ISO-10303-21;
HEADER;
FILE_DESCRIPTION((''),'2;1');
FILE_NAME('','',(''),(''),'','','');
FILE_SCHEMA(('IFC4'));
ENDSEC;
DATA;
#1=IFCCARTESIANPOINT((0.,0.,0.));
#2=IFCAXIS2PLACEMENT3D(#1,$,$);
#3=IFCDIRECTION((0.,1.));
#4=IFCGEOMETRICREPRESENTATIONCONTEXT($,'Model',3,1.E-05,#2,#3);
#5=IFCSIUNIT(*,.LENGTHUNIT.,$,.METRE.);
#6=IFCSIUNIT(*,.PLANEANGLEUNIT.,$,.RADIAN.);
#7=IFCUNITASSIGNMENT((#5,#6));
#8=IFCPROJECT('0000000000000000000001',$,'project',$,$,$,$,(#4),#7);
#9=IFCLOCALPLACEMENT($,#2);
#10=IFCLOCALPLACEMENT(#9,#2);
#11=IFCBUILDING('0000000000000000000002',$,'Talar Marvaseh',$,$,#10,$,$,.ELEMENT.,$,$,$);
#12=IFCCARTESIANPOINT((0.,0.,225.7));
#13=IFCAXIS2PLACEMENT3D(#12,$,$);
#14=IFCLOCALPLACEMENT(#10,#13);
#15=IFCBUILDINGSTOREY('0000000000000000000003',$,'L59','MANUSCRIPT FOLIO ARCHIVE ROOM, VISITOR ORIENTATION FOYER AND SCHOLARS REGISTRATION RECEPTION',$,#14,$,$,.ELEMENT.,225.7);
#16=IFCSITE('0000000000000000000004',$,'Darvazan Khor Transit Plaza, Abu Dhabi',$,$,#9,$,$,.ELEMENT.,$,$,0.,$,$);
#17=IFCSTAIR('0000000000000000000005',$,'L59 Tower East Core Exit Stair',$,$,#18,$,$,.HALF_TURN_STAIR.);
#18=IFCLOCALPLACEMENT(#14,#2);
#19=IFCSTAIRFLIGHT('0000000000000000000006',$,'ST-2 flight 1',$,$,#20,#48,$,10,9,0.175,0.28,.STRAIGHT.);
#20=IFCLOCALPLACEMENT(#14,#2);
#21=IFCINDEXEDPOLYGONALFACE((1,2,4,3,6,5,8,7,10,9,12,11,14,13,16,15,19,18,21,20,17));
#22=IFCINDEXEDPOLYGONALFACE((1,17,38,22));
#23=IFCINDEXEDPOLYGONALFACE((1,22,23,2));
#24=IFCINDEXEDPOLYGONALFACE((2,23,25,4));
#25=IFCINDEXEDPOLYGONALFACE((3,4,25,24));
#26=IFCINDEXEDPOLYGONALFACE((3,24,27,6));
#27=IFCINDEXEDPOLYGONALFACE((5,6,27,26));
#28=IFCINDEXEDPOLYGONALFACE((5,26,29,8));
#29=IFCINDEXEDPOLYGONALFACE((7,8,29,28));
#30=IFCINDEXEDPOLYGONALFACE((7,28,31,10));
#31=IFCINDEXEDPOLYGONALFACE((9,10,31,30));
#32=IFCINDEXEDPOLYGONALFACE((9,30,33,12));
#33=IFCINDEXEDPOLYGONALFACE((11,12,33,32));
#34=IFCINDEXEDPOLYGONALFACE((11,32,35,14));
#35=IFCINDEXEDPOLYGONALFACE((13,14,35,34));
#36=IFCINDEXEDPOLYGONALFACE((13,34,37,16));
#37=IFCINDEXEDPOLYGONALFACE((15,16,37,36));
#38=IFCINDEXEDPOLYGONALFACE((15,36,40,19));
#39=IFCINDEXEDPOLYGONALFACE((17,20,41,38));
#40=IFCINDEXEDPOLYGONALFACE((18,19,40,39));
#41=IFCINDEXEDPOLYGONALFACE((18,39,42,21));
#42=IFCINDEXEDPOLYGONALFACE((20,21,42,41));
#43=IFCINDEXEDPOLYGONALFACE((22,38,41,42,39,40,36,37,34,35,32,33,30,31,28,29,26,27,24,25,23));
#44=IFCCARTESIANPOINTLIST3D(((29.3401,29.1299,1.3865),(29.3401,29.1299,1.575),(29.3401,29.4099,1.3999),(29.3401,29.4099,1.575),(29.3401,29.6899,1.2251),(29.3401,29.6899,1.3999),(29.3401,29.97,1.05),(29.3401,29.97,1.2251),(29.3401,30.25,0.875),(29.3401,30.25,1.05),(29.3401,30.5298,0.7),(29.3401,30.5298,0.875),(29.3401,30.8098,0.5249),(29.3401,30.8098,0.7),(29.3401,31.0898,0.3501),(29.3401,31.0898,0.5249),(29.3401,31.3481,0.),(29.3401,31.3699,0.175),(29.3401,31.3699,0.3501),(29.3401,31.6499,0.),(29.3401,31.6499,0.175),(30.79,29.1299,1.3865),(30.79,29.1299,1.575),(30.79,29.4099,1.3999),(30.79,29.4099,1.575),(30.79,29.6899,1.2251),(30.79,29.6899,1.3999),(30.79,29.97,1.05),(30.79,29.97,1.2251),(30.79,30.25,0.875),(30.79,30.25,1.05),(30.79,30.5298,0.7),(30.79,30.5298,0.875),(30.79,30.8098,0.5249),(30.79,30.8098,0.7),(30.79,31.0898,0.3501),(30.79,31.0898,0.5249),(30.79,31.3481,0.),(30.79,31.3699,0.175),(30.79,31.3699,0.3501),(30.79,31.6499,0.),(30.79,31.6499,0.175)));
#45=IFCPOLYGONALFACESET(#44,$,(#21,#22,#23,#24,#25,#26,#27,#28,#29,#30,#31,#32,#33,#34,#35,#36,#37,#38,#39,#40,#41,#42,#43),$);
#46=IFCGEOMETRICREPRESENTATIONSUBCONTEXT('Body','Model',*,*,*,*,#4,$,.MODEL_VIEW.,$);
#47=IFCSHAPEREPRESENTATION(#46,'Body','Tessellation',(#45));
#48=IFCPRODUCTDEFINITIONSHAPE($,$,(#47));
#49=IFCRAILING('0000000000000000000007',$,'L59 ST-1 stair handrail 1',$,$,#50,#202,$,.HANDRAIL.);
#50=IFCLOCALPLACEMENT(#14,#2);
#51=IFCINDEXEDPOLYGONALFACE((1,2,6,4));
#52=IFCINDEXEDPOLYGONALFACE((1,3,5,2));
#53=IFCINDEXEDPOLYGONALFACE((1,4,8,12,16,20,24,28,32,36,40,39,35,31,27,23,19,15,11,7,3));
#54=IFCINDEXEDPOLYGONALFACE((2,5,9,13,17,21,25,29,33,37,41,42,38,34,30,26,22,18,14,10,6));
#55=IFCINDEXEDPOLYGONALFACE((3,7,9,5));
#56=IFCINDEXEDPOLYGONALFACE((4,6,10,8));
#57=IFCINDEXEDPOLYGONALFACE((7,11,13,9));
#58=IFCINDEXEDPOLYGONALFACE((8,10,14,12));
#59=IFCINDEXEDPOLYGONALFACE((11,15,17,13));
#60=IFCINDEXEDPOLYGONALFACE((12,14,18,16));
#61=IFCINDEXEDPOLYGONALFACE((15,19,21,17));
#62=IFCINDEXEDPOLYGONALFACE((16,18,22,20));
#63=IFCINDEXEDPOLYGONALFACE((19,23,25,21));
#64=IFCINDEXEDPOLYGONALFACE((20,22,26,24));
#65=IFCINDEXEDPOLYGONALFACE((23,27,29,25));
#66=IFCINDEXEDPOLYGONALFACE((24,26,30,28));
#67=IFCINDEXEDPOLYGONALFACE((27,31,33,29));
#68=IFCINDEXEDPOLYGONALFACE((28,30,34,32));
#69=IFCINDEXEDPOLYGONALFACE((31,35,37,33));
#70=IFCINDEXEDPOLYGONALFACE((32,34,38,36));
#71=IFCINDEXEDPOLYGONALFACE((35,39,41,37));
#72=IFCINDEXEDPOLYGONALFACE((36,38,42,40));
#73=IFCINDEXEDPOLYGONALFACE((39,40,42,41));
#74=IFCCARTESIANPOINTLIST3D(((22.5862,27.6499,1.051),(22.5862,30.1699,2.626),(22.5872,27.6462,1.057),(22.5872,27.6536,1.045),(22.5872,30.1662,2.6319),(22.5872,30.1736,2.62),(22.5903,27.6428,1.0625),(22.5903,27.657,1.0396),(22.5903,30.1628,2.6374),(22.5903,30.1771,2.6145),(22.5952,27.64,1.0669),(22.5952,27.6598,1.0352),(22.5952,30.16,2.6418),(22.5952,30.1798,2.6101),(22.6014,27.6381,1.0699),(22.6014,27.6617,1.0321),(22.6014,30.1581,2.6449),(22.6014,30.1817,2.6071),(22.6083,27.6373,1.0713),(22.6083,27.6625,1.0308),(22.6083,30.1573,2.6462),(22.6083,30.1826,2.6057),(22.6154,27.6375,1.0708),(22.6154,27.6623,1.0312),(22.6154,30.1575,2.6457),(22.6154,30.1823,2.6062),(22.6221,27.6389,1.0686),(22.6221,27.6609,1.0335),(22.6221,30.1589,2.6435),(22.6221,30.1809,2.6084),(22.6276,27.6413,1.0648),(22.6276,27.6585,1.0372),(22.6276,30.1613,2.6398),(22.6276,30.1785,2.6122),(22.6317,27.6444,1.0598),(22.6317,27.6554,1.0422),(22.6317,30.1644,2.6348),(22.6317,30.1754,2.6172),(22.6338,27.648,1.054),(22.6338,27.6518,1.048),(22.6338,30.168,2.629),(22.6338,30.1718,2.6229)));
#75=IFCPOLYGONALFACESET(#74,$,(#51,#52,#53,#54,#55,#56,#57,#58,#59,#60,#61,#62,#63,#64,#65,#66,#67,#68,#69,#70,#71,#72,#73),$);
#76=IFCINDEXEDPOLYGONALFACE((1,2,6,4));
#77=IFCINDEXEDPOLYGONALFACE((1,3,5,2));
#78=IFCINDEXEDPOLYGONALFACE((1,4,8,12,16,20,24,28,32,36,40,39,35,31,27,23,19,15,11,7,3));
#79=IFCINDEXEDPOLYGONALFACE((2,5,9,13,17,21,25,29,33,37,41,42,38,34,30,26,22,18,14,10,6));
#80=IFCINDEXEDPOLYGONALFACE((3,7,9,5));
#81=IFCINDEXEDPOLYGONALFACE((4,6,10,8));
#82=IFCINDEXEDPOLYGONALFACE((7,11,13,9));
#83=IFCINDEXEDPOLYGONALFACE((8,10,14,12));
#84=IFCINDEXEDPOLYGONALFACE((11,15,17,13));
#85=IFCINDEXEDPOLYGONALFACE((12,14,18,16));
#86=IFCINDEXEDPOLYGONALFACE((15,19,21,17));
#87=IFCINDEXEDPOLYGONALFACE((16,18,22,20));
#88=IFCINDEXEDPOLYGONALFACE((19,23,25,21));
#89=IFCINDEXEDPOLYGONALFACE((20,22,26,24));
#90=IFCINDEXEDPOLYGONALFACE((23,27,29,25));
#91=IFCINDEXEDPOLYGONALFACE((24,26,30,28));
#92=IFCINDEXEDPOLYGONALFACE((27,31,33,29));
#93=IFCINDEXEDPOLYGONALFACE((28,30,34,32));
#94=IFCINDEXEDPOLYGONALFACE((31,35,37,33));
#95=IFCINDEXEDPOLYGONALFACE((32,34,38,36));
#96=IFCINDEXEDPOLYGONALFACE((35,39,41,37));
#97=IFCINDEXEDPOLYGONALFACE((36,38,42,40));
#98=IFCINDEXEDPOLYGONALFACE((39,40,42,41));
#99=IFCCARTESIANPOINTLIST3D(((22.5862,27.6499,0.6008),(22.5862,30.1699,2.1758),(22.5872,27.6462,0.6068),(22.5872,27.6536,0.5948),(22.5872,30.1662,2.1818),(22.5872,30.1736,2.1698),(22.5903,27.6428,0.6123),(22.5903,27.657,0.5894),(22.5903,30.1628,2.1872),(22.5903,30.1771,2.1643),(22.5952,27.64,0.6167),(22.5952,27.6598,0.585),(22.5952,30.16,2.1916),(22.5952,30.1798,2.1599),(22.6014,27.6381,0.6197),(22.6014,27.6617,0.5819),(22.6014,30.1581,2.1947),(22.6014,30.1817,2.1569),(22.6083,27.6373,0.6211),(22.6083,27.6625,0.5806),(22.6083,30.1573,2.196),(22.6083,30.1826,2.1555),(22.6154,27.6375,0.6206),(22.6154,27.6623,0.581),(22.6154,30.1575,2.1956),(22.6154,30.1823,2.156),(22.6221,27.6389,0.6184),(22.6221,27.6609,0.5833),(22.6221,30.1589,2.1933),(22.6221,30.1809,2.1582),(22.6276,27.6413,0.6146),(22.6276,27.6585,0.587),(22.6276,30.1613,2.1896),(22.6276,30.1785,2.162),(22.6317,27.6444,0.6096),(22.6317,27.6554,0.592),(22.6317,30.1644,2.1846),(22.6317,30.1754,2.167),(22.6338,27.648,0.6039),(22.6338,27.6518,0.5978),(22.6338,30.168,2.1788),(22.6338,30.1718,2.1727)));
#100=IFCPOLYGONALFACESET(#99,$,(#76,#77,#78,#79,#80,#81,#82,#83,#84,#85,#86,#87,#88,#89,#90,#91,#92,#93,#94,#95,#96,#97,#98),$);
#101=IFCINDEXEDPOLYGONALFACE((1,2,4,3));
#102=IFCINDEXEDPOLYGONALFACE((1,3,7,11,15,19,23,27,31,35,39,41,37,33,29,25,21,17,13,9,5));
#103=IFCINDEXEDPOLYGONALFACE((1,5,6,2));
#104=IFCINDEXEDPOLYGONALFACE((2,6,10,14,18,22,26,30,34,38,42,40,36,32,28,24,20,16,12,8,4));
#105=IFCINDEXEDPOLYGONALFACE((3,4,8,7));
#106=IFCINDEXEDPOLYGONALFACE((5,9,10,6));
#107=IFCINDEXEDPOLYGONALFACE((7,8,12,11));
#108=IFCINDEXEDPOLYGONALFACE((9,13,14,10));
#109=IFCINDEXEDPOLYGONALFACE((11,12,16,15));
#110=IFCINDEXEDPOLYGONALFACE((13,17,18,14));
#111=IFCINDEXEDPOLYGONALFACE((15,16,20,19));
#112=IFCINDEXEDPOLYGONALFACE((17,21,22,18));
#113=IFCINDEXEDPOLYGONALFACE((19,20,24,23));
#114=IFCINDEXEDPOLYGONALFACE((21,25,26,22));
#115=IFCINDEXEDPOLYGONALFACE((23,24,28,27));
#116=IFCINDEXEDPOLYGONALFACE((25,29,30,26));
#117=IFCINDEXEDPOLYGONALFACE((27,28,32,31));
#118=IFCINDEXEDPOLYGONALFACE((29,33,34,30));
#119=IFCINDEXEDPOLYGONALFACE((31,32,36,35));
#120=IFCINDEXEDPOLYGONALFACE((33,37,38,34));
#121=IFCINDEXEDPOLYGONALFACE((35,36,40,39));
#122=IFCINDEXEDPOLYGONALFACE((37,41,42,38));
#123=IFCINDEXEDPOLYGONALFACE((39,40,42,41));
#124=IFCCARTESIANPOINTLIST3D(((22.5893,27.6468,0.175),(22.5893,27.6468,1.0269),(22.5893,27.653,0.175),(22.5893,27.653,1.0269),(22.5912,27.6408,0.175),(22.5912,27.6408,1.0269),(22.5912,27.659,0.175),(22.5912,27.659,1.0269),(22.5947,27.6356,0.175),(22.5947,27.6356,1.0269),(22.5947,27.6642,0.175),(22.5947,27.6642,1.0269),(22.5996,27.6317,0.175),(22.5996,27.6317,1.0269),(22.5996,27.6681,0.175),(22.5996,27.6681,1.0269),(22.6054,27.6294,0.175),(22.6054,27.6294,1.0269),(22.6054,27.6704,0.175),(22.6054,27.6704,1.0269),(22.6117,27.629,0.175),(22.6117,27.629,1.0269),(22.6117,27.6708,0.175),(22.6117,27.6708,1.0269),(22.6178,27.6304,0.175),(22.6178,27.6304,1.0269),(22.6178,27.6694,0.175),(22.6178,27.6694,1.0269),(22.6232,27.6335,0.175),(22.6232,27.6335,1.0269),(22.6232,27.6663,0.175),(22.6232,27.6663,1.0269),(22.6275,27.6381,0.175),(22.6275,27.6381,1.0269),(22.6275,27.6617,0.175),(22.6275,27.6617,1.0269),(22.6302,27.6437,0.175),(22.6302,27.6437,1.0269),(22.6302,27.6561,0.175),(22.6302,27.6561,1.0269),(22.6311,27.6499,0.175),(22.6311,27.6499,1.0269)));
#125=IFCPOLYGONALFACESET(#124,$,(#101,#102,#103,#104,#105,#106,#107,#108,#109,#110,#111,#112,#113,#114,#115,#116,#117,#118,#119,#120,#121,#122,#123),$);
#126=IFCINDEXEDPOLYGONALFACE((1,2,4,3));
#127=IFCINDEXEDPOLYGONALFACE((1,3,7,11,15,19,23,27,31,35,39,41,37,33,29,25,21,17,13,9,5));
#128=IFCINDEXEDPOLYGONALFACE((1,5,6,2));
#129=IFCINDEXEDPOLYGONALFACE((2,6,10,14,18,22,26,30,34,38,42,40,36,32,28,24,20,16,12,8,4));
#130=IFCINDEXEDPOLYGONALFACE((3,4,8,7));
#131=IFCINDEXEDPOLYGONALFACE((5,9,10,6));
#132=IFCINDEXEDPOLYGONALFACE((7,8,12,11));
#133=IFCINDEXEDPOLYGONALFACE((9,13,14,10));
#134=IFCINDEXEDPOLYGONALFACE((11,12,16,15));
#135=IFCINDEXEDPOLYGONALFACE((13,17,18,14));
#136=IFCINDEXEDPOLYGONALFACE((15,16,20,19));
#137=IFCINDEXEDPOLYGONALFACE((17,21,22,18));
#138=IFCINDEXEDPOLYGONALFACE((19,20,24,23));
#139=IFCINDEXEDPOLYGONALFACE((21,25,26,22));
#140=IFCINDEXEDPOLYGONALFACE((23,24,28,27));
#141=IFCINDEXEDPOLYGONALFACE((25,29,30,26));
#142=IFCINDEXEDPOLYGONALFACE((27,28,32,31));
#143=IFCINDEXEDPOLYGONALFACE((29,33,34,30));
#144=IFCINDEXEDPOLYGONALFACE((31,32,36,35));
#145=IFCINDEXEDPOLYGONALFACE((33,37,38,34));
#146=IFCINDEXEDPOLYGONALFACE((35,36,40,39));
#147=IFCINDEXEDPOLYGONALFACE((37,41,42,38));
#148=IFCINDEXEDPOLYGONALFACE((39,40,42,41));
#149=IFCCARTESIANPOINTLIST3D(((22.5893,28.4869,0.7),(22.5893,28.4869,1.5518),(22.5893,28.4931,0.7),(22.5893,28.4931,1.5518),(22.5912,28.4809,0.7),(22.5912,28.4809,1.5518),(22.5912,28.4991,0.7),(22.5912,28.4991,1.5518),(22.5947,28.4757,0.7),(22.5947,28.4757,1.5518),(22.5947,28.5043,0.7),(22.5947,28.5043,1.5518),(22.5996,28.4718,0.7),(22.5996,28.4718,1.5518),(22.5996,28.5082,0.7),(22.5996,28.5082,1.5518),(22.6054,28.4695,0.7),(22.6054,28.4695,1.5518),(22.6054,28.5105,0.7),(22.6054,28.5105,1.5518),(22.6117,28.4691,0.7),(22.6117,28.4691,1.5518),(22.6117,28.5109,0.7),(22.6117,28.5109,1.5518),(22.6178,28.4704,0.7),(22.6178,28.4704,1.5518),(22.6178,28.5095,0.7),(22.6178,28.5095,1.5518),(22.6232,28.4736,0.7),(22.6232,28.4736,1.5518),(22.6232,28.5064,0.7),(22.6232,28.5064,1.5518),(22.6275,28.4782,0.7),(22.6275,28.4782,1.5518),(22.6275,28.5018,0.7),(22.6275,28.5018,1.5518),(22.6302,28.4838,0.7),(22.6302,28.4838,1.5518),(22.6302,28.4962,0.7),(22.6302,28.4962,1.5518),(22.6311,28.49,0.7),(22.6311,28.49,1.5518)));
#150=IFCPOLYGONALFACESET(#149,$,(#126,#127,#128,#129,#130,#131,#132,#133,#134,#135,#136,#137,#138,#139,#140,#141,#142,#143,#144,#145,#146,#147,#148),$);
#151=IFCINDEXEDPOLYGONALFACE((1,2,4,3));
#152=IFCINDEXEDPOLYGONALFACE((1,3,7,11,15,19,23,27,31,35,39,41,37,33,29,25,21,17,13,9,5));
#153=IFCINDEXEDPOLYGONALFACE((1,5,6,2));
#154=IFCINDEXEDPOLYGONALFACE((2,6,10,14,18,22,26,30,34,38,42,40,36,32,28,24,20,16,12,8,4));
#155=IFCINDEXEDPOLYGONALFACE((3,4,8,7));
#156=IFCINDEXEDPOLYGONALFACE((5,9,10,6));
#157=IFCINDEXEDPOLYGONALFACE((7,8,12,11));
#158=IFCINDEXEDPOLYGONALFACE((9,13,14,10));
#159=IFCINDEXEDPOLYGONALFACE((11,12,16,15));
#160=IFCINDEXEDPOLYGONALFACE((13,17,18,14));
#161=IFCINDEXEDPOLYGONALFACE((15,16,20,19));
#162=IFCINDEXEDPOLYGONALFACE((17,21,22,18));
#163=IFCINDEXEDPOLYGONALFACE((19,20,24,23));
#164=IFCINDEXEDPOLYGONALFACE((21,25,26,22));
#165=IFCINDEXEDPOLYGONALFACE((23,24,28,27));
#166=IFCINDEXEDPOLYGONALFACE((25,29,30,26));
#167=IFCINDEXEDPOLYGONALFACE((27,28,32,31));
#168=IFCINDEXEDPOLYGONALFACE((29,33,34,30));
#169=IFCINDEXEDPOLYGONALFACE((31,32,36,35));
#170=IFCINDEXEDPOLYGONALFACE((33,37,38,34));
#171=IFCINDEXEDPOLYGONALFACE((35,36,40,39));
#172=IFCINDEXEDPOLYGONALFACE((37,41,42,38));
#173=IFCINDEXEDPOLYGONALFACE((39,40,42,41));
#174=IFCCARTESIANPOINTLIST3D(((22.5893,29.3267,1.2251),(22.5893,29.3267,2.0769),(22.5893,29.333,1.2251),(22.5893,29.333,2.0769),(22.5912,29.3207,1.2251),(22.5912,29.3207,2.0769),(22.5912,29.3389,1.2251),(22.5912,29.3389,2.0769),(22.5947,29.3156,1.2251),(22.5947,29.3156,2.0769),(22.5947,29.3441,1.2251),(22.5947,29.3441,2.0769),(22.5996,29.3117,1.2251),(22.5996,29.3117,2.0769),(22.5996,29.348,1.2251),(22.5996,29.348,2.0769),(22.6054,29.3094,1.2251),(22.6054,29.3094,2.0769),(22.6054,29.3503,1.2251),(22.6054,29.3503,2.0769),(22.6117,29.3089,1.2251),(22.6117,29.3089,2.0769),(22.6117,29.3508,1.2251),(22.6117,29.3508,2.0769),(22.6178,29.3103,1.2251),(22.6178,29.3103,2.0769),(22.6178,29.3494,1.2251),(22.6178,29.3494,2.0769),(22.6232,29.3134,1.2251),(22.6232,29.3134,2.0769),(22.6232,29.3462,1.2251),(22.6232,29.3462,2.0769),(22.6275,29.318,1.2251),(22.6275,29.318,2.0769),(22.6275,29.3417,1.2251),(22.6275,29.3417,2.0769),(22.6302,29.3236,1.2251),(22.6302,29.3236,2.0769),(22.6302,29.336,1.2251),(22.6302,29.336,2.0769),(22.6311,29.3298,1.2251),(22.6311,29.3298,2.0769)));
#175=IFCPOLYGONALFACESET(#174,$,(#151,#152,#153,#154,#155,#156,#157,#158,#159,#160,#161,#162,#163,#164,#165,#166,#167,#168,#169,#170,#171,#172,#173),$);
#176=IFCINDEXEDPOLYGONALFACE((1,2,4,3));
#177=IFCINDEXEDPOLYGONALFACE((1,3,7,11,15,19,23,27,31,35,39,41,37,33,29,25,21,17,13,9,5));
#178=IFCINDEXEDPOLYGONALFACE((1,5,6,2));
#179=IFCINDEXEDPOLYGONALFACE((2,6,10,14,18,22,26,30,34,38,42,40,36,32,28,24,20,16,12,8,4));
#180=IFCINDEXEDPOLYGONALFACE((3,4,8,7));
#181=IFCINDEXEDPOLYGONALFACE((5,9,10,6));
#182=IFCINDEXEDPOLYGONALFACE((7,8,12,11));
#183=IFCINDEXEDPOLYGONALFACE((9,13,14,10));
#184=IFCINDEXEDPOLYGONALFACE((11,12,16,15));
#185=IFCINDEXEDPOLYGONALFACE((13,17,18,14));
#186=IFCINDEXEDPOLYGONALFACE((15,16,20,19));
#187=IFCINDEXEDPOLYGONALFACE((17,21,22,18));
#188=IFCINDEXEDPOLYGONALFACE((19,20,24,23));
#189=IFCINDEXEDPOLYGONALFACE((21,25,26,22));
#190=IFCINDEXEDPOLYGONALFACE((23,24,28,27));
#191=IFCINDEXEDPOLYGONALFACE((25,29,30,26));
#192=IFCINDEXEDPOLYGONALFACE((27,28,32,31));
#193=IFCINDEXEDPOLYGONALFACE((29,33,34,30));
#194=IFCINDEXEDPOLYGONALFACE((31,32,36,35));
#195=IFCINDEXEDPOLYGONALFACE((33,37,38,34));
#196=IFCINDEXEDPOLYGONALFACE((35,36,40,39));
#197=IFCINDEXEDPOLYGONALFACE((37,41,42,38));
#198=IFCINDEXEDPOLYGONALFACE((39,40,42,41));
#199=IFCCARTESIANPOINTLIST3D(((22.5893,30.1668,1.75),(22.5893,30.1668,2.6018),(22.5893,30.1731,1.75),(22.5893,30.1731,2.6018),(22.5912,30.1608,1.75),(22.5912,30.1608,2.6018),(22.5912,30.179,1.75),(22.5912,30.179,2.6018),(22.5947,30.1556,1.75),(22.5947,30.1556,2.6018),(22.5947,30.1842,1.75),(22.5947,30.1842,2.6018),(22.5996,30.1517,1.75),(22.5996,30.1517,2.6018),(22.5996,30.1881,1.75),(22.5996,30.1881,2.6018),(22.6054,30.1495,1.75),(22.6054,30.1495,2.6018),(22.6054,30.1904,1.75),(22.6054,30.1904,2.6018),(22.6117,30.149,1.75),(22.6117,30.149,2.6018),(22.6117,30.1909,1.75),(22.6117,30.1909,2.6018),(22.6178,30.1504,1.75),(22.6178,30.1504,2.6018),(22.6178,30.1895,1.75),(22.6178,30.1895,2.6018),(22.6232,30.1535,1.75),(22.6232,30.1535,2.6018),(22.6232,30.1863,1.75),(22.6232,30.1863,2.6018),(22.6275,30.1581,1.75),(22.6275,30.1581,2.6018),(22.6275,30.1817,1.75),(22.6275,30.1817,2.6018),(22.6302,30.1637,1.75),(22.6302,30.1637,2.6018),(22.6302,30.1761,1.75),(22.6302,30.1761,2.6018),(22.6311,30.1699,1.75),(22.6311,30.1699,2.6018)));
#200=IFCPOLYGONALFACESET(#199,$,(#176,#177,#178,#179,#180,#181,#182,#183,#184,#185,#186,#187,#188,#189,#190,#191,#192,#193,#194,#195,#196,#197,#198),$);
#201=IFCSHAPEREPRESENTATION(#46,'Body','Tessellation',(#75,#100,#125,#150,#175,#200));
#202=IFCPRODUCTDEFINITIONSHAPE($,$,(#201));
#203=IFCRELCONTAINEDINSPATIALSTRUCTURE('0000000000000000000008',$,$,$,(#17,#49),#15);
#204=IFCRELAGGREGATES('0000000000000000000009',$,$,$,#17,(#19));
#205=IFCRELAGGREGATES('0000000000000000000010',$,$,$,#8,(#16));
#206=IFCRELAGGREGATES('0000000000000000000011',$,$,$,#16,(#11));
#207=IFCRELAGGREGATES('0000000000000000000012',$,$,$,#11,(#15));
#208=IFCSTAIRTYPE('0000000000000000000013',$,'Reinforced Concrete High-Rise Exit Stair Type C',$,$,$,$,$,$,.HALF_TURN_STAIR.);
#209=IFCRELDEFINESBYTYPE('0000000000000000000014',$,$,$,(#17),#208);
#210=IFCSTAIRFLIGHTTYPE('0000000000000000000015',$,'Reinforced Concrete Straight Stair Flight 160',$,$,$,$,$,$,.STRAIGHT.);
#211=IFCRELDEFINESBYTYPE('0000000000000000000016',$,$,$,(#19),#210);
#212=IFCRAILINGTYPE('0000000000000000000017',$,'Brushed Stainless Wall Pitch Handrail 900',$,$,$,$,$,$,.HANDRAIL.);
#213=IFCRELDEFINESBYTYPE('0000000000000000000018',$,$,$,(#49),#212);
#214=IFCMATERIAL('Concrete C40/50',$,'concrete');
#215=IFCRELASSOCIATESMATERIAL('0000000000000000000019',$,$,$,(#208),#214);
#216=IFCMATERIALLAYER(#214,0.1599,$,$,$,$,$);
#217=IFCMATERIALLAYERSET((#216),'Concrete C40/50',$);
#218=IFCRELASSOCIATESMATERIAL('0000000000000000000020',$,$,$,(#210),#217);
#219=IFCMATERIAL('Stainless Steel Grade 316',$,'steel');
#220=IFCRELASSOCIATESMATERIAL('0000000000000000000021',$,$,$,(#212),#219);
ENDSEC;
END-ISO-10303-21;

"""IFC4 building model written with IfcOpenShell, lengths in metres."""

from ifc_helpers import new_model, si_unit, direction, frame, origin, origin_2d, place, context, subcontext, project, spatial, polyline, circle, outline, extrude, material, layer, layer_set, type_object, element, aggregate, save


model = new_model("IFC4")

# Units and contexts
model_context = context("Model", 3, precision=1e-05, world=origin(), true_north=direction((0.0, 1.0)))
body_context = subcontext(model_context, "Body", "Model", "MODEL_VIEW")
ifc_project = project(units=[si_unit("LENGTHUNIT", "METRE"), si_unit("PLANEANGLEUNIT", "RADIAN")], contexts=[model_context])

# Site, building, storey
site_placement = place(None, origin())
site = spatial("IfcSite", under=ifc_project, at=site_placement, Name="Darvazan Khor Transit Plaza, Abu Dhabi", CompositionType="ELEMENT", RefElevation=0.0)
building_placement = place(site_placement, origin())
building = spatial("IfcBuilding", under=site, at=building_placement, Name="Talar Marvaseh", CompositionType="ELEMENT")
storey_placement = place(building_placement, frame((0.0, 0.0, 225.7)))
storey = spatial("IfcBuildingStorey", under=building, at=storey_placement, Name="L59", Description="MANUSCRIPT FOLIO ARCHIVE ROOM, VISITOR ORIENTATION FOYER AND SCHOLARS REGISTRATION RECEPTION", CompositionType="ELEMENT", Elevation=225.7)

# Shared definitions
ifc_material_1 = material(Name="Concrete C40/50", Category="concrete")

# Shared definitions
ifc_material_2 = material(Name="Stainless Steel Grade 316", Category="steel")

# Stair, stair flight
stair_type = type_object("IfcStairType", Name="Reinforced Concrete High-Rise Exit Stair Type C", PredefinedType="HALF_TURN_STAIR", material=ifc_material_1)
stair_placement = place(storey_placement, origin())
stair = element("IfcStair", 1, at=stair_placement, inside=storey, type_object=stair_type, Name="L59 Tower East Core Exit Stair", PredefinedType="HALF_TURN_STAIR")
ifc_layer_1 = layer(ifc_material_1, 0.1599)
ifc_layer_set_1 = layer_set([ifc_layer_1], Name="Concrete C40/50")
stair_flight_type = type_object("IfcStairFlightType", Name="Reinforced Concrete Straight Stair Flight 160", PredefinedType="STRAIGHT", material=ifc_layer_set_1)
stair_flight_placement = place(storey_placement, frame((30.0649, 31.6499, 0.0), z_axis=(0.0, 0.0, 1.0), x_axis=(0.0, -1.0, 0.0)))
stair_flight = element("IfcStairFlight", 2, at=stair_flight_placement, type_object=stair_flight_type, Name="ST-2 flight 1", NumberOfRisers=10, NumberOfTreads=9, PredefinedType="STRAIGHT", RiserHeight=0.175, TreadLength=0.28, context=body_context, shape_type="SweptSolid", body=[
    extrude(outline(polyline([(0.0, 0.0), (0.0, 0.175), (0.28, 0.175), (0.28, 0.3501), (0.5601, 0.3501), (0.5601, 0.5249), (0.8401, 0.5249), (0.8401, 0.7), (1.1201, 0.7), (1.1201, 0.875), (1.3999, 0.875), (1.3999, 1.05), (1.6799, 1.05), (1.6799, 1.2251), (1.96, 1.2251), (1.96, 1.3999), (2.24, 1.3999), (2.24, 1.575), (2.52, 1.575), (2.52, 1.75), (2.52, 1.3865), (0.3018, 0.0), (0.0, 0.0)])), frame((0.0, 0.7251, 0.0), z_axis=(0.0, -1.0, 0.0), x_axis=(1.0, 0.0, 0.0)), (0.0, 0.0, 1.0), 1.45),
])
aggregate(stair, [stair_flight])

# Railing
railing_type_1 = type_object("IfcRailingType", Name="Brushed Stainless Wall Pitch Handrail 900", PredefinedType="HANDRAIL", material=ifc_material_2)
railing_1_placement = place(storey_placement, frame((22.6101, 27.6499, 0.175)))
element("IfcRailing", 3, at=railing_1_placement, inside=storey, type_object=railing_type_1, Name="L59 ST-1 stair handrail 1", PredefinedType="HANDRAIL", context=body_context, shape_type="SweptSolid", body=[
    extrude(circle(Radius=0.0239, at=origin_2d()), frame((0.0, 0.0, 0.876), z_axis=(0.0, 0.848008, 0.529984), x_axis=(-1.0, 0.0, 0.0)), (0.0, 0.0, 1.0), 2.9717),
    extrude(circle(Radius=0.0239, at=origin_2d()), frame((0.0, 0.0, 0.4258), z_axis=(0.0, 0.848008, 0.529984), x_axis=(-1.0, 0.0, 0.0)), (0.0, 0.0, 1.0), 2.9717),
    extrude(circle(Radius=0.021, at=origin_2d()), origin(), (0.0, 0.0, 1.0), 0.8518),
    extrude(circle(Radius=0.021, at=origin_2d()), frame((0.0, 0.8401, 0.5249)), (0.0, 0.0, 1.0), 0.8518),
    extrude(circle(Radius=0.021, at=origin_2d()), frame((0.0, 1.6799, 1.05)), (0.0, 0.0, 1.0), 0.8518),
    extrude(circle(Radius=0.021, at=origin_2d()), frame((0.0, 2.52, 1.575)), (0.0, 0.0, 1.0), 0.8518),
])

save(model, "model.ifc")
